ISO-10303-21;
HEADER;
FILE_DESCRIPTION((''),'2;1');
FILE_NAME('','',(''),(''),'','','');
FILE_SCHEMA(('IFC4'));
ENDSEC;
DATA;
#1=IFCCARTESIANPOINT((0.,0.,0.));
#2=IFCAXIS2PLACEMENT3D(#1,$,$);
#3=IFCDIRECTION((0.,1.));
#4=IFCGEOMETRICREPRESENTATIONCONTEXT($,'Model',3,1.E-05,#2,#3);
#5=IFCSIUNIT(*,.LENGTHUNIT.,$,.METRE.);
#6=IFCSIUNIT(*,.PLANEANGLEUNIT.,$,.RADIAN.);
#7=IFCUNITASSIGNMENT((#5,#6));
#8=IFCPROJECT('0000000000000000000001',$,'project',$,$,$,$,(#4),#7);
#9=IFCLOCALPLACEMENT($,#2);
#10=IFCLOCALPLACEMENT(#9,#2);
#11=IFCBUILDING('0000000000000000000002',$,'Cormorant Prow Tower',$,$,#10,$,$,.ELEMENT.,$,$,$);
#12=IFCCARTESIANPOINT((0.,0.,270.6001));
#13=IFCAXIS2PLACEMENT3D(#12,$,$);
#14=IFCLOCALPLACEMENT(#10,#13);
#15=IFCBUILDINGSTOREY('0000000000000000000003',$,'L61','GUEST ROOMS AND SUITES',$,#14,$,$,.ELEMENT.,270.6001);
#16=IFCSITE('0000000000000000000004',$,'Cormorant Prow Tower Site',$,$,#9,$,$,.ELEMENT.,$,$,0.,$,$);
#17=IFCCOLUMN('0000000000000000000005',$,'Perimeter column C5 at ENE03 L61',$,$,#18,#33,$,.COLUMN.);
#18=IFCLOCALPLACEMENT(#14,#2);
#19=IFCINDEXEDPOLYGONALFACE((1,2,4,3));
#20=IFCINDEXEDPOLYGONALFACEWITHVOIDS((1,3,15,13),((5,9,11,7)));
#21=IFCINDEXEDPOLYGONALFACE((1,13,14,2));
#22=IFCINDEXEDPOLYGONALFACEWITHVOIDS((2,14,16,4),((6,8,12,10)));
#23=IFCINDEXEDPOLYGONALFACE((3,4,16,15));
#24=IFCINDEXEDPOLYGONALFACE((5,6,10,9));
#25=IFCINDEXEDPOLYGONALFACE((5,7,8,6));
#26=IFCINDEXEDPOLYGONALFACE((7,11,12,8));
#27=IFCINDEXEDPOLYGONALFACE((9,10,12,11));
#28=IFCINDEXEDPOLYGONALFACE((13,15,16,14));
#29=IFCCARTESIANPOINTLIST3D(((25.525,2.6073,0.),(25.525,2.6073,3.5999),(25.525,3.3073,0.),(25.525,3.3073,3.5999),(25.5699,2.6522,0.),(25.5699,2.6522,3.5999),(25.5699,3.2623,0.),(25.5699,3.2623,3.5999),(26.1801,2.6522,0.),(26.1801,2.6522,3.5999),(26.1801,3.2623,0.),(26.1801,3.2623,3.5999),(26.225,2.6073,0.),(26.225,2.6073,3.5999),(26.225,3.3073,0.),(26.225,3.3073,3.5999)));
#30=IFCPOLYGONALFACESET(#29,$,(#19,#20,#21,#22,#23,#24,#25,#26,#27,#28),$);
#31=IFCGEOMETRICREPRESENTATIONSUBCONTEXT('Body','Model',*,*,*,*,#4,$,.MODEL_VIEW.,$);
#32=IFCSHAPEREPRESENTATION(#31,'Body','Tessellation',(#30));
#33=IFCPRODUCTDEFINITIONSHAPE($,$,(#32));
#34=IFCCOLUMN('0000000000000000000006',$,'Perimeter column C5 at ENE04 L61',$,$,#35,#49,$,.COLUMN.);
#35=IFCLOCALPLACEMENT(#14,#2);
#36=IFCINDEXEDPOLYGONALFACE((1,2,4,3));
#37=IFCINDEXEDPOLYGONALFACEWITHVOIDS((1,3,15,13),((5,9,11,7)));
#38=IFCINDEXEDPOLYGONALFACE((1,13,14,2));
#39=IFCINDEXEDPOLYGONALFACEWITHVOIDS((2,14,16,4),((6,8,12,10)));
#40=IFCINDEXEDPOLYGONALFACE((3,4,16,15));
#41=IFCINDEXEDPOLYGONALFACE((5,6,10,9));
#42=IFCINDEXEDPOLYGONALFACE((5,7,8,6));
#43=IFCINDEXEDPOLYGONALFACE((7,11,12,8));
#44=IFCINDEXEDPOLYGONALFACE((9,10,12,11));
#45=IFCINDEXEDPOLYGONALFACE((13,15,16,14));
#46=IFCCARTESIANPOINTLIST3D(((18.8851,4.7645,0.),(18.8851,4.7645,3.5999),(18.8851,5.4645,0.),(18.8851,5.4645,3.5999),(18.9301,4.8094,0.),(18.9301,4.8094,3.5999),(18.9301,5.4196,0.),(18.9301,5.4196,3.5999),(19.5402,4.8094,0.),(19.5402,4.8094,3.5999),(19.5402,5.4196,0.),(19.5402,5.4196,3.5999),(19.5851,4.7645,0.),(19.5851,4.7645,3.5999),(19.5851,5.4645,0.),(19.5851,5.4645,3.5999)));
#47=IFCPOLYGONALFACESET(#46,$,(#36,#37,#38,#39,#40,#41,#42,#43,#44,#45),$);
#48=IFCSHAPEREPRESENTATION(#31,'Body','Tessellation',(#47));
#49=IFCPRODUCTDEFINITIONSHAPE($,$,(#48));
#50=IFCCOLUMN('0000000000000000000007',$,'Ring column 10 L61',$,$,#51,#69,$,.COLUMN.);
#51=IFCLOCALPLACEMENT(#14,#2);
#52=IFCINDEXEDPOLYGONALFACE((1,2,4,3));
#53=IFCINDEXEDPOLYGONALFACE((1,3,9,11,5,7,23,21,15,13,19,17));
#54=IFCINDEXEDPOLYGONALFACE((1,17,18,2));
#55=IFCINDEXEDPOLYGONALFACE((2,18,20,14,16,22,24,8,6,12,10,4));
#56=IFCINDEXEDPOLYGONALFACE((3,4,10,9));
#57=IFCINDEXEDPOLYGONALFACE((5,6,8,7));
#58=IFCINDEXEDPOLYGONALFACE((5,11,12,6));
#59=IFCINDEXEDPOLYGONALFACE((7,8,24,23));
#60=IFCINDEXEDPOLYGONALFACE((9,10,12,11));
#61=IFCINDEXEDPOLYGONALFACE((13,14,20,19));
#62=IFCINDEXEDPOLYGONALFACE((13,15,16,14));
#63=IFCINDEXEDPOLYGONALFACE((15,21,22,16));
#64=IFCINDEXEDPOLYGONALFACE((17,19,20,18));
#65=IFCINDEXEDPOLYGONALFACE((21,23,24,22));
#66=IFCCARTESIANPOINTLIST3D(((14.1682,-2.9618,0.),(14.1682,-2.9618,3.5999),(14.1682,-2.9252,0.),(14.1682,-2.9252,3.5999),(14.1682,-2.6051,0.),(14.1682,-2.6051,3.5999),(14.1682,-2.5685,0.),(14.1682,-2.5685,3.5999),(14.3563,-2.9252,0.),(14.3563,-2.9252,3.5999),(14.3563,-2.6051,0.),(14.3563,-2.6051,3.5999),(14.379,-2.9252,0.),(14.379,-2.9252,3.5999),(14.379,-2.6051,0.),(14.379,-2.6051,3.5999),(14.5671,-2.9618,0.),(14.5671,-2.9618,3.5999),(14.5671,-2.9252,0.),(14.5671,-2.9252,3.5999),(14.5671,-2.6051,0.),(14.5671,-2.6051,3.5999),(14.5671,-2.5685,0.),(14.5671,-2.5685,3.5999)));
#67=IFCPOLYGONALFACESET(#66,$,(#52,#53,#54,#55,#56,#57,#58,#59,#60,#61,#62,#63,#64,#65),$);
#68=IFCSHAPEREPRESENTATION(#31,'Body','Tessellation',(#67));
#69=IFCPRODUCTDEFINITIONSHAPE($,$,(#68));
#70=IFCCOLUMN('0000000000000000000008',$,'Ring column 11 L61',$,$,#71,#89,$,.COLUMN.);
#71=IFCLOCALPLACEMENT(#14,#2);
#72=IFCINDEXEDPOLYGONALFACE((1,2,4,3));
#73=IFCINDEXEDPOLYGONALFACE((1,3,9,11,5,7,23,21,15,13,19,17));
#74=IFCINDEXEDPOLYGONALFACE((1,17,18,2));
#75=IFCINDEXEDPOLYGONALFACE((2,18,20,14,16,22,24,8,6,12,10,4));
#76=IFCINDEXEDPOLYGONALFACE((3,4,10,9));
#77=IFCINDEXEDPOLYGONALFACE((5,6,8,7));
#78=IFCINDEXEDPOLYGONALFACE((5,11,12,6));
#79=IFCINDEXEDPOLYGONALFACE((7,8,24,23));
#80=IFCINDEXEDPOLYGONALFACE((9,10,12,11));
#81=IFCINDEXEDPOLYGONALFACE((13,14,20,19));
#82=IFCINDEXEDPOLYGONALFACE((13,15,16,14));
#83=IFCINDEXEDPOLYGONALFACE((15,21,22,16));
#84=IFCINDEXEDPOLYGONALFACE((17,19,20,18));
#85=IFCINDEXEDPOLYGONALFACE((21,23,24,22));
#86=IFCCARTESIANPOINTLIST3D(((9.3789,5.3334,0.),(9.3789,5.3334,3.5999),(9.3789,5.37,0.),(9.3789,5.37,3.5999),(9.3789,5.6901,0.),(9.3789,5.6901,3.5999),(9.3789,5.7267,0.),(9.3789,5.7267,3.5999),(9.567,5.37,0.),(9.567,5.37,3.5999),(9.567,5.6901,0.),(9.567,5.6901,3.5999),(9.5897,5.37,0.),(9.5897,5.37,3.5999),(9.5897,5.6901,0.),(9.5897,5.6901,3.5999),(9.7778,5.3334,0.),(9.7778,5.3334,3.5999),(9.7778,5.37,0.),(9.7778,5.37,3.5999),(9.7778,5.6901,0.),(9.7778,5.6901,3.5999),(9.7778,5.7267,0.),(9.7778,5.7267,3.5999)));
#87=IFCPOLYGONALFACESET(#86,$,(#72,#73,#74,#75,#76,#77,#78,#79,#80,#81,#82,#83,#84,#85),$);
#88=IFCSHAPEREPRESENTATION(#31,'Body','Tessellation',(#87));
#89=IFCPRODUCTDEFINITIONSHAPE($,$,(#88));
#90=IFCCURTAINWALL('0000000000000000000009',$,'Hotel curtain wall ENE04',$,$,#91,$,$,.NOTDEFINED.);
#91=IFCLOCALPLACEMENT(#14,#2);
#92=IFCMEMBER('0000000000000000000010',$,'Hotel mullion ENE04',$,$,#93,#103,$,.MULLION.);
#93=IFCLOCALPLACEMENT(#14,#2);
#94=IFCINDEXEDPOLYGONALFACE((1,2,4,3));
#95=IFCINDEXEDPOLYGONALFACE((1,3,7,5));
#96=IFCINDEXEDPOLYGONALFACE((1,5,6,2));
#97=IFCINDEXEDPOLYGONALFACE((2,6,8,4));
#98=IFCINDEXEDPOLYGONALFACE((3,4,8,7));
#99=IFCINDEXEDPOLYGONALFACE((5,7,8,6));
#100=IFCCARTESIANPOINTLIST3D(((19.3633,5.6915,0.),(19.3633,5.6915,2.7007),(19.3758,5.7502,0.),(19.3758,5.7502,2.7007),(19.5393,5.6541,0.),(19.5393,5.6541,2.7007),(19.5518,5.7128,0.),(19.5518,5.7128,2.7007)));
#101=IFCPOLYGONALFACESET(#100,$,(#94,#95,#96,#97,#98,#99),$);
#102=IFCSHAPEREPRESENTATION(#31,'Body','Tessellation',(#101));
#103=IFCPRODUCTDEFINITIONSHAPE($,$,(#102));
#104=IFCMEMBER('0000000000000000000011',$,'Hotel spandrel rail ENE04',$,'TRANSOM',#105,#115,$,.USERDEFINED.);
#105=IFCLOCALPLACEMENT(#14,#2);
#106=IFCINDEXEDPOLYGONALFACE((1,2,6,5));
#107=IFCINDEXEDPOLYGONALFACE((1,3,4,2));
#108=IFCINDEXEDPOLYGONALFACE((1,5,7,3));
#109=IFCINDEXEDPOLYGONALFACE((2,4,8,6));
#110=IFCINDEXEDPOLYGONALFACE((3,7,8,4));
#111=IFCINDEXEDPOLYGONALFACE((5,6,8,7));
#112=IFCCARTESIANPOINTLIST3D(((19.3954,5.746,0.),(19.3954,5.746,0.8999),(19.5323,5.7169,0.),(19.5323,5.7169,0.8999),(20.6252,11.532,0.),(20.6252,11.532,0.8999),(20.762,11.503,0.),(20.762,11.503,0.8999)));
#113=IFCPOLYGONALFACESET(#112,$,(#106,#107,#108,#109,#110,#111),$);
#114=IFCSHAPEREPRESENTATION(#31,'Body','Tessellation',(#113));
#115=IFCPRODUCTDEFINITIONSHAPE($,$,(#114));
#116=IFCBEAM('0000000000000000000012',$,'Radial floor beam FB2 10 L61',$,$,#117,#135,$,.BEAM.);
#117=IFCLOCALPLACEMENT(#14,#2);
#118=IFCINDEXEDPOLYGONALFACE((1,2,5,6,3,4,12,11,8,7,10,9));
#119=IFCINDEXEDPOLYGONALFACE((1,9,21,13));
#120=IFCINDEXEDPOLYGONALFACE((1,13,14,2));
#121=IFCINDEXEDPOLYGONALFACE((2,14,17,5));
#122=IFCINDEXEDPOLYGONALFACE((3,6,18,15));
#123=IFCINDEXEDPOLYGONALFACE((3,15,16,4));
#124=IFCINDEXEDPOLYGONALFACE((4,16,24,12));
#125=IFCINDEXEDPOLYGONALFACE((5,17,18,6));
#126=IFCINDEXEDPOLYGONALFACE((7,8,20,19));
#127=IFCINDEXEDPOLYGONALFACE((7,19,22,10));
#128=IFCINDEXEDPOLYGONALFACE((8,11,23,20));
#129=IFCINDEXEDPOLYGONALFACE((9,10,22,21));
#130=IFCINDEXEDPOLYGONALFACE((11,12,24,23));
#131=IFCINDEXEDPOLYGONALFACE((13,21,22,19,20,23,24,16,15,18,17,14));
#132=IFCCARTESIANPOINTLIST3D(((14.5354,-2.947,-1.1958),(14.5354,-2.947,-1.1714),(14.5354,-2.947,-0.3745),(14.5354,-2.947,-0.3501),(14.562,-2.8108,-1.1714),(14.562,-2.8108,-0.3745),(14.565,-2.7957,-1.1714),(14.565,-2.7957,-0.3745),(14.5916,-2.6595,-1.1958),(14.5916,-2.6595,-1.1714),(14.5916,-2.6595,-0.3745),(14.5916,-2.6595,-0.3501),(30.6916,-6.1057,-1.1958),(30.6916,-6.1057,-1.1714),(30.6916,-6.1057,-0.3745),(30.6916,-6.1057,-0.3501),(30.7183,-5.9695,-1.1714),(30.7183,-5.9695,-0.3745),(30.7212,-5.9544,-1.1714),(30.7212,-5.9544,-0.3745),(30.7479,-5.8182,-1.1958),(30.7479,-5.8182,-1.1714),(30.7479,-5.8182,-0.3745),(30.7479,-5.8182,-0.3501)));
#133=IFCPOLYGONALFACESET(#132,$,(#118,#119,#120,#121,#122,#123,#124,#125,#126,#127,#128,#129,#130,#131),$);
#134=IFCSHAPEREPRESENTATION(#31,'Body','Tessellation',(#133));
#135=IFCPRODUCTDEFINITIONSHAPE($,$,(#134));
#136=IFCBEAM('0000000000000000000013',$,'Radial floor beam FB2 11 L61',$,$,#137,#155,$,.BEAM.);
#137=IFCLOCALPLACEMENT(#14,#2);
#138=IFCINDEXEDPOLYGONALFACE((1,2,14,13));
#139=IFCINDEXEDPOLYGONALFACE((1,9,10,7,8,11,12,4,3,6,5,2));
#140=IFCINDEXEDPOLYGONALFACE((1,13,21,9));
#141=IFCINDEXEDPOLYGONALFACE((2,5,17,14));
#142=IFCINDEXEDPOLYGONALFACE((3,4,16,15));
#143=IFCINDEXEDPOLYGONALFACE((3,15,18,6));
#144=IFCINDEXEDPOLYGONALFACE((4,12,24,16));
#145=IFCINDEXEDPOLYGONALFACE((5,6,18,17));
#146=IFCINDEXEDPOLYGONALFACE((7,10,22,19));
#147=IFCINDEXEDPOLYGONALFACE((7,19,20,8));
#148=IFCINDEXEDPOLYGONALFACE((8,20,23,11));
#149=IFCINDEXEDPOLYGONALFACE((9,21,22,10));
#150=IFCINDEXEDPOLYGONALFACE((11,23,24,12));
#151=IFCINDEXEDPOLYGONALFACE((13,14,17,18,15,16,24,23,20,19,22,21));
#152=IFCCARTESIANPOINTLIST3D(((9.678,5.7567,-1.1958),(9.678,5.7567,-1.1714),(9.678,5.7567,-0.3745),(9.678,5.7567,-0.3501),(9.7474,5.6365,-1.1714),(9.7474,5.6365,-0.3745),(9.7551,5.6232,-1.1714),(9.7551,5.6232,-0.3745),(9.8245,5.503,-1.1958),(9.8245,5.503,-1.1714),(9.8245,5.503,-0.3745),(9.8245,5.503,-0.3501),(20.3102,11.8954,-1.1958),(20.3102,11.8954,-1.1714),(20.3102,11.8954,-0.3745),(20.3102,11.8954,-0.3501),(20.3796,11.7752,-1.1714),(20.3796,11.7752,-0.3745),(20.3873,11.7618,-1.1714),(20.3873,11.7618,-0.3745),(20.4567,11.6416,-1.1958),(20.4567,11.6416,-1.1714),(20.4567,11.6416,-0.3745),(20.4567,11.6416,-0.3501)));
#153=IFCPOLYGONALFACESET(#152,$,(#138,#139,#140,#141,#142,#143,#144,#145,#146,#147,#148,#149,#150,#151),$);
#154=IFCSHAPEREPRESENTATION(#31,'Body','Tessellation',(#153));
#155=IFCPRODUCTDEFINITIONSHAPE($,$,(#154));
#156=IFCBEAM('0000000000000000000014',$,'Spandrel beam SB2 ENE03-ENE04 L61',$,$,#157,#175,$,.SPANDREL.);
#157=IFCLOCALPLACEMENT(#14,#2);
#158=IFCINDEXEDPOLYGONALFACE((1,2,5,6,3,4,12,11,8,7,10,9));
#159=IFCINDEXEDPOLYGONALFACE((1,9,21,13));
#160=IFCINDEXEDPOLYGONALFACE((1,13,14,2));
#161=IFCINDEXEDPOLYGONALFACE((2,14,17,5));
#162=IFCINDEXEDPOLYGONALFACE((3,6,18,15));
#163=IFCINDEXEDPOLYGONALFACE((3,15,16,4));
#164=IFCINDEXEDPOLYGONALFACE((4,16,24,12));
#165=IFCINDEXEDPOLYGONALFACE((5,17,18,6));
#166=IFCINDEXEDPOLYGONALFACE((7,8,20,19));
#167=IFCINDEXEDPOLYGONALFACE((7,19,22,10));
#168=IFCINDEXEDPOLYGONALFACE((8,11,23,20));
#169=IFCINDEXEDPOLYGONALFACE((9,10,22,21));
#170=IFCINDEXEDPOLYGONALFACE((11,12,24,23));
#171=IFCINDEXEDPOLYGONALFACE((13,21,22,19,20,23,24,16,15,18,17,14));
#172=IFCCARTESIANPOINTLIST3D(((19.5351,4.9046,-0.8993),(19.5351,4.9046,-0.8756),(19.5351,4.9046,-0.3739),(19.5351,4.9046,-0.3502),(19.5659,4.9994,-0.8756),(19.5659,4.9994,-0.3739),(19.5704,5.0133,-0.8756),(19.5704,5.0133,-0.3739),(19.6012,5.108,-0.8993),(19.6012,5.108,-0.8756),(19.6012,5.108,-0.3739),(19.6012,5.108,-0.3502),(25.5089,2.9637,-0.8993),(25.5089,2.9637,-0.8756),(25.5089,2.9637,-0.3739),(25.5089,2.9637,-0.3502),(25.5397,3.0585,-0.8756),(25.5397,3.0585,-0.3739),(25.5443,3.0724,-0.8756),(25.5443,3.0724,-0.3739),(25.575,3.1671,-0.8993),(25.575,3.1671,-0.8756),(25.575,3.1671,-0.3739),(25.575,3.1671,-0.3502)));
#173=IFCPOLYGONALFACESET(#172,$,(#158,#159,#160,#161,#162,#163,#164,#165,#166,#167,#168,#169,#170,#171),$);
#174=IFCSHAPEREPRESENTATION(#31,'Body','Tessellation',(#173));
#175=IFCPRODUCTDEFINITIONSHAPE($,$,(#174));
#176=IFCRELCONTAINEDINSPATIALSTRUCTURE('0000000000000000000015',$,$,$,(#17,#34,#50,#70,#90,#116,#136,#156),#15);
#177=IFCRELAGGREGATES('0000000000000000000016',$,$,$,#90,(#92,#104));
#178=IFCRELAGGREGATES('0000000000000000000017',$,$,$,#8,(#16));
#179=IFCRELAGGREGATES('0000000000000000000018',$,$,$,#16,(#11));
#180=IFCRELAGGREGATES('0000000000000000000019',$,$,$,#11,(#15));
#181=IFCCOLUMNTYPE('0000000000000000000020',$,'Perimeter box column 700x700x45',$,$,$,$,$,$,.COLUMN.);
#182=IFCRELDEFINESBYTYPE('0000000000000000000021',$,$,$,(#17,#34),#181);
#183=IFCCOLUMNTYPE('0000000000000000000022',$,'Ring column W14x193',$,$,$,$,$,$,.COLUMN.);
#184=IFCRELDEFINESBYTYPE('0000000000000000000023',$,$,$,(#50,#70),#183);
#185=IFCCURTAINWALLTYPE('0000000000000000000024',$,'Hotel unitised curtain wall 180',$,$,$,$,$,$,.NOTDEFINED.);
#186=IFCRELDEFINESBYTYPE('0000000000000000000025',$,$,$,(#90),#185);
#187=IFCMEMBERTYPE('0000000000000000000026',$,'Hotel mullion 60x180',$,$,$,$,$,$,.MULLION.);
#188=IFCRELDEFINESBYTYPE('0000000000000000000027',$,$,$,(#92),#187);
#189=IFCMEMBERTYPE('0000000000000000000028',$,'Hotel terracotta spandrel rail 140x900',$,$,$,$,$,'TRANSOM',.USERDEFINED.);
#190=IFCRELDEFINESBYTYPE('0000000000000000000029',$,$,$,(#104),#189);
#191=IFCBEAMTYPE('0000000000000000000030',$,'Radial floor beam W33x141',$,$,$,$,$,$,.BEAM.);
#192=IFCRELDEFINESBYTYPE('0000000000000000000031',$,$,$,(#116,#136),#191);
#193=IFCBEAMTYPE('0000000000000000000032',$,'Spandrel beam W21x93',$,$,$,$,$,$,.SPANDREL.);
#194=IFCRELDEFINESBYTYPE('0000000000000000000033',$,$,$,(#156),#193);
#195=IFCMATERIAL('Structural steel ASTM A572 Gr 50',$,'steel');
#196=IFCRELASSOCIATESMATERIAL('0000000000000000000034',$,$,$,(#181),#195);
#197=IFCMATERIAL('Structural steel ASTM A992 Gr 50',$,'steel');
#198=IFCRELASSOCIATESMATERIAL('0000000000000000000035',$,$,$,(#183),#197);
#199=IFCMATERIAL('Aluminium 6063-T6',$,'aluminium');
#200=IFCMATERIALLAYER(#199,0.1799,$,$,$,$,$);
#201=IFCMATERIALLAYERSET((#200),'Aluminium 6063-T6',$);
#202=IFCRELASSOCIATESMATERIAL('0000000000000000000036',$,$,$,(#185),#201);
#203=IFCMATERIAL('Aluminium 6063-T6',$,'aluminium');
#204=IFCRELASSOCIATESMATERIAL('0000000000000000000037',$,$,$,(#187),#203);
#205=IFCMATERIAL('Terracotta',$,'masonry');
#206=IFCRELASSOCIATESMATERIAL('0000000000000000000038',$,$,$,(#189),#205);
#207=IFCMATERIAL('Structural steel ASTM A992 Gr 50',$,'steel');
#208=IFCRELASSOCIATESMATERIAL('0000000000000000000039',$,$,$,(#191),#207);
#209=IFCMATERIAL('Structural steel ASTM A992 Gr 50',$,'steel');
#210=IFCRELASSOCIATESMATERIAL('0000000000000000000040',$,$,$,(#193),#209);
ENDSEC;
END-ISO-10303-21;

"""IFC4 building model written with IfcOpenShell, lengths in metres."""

from ifc_helpers import new_model, si_unit, direction, frame, origin, origin_2d, place, context, subcontext, project, spatial, rectangle, hollow_rectangle, i_section, extrude, material, layer, layer_set, material_profile, profile_set, type_object, element, aggregate, save


model = new_model("IFC4")

# Units and contexts
model_context = context("Model", 3, precision=1e-05, world=origin(), true_north=direction((0.0, 1.0)))
body_context = subcontext(model_context, "Body", "Model", "MODEL_VIEW")
ifc_project = project(units=[si_unit("LENGTHUNIT", "METRE"), si_unit("PLANEANGLEUNIT", "RADIAN")], contexts=[model_context])

# Site, building, storey
site_placement = place(None, origin())
site = spatial("IfcSite", under=ifc_project, at=site_placement, Name="Cormorant Prow Tower Site", CompositionType="ELEMENT", RefElevation=0.0)
building_placement = place(site_placement, origin())
building = spatial("IfcBuilding", under=site, at=building_placement, Name="Cormorant Prow Tower", CompositionType="ELEMENT")
storey_placement = place(building_placement, frame((0.0, 0.0, 270.6001)))
storey = spatial("IfcBuildingStorey", under=building, at=storey_placement, Name="L61", Description="GUEST ROOMS AND SUITES", CompositionType="ELEMENT", Elevation=270.6001)

# Columns
ifc_material_1 = material(Name="Structural steel ASTM A572 Gr 50", Category="steel")
ifc_material_profile_1 = material_profile(ifc_material_1, hollow_rectangle(XDim=0.7, YDim=0.7, WallThickness=0.0449, at=origin_2d()), Name="Box 700x700x45")
ifc_profile_set_1 = profile_set([ifc_material_profile_1], Name="Structural steel ASTM A572 Gr 50")
column_type_1 = type_object("IfcColumnType", Name="Perimeter box column 700x700x45", PredefinedType="COLUMN", material=ifc_profile_set_1)
for number, where, z_axis, x_axis, name in (
    (1, (25.875, 2.9573, 0.0), (0.0, 0.0, 1.0), (1.0, 0.0, 0.0), "Perimeter column C5 at ENE03 L61"),
    (2, (19.2351, 5.1145, 0.0), (0.0, 0.0, 1.0), (1.0, 0.0, 0.0), "Perimeter column C5 at ENE04 L61"),
):
    element("IfcColumn", number, at=place(storey_placement, frame(where, z_axis=z_axis, x_axis=x_axis)), inside=storey, type_object=column_type_1, Name=name, PredefinedType="COLUMN", context=body_context, shape_type="SweptSolid", body=[
        extrude(hollow_rectangle(XDim=0.7, YDim=0.7, WallThickness=0.0449, at=origin_2d()), origin(), (0.0, 0.0, 1.0), 3.5999),
    ])
ifc_material_2 = material(Name="Structural steel ASTM A992 Gr 50", Category="steel")
ifc_material_profile_2 = material_profile(ifc_material_2, i_section(OverallWidth=0.3989, OverallDepth=0.3933, WebThickness=0.0227, FlangeThickness=0.0366, at=origin_2d()), Name="W14x193")
ifc_profile_set_2 = profile_set([ifc_material_profile_2], Name="Structural steel ASTM A992 Gr 50")
column_type_2 = type_object("IfcColumnType", Name="Ring column W14x193", PredefinedType="COLUMN", material=ifc_profile_set_2)
for number, where, z_axis, x_axis, name in (
    (3, (14.3677, -2.7651, 0.0), (0.0, 0.0, 1.0), (1.0, 0.0, 0.0), "Ring column 10 L61"),
    (4, (9.5784, 5.53, 0.0), (0.0, 0.0, 1.0), (1.0, 0.0, 0.0), "Ring column 11 L61"),
):
    element("IfcColumn", number, at=place(storey_placement, frame(where, z_axis=z_axis, x_axis=x_axis)), inside=storey, type_object=column_type_2, Name=name, PredefinedType="COLUMN", context=body_context, shape_type="SweptSolid", body=[
        extrude(i_section(OverallWidth=0.3989, OverallDepth=0.3933, WebThickness=0.0227, FlangeThickness=0.0366, at=origin_2d()), origin(), (0.0, 0.0, 1.0), 3.5999),
    ])

# Curtain wall, members
ifc_material_3 = material(Name="Aluminium 6063-T6", Category="aluminium")
ifc_layer_1 = layer(ifc_material_3, 0.1799)
ifc_layer_set_1 = layer_set([ifc_layer_1], Name="Aluminium 6063-T6")
curtain_wall_type = type_object("IfcCurtainWallType", Name="Hotel unitised curtain wall 180", PredefinedType="NOTDEFINED", material=ifc_layer_set_1)
curtain_wall_1_placement = place(storey_placement, origin())
curtain_wall_1 = element("IfcCurtainWall", 5, at=curtain_wall_1_placement, inside=storey, type_object=curtain_wall_type, Name="Hotel curtain wall ENE04", PredefinedType="NOTDEFINED")
ifc_material_4 = material(Name="Aluminium 6063-T6", Category="aluminium")
ifc_material_profile_3 = material_profile(ifc_material_4, rectangle(XDim=0.1799, YDim=0.0601, at=origin_2d()), Name="Hotel mullion 60x180")
ifc_profile_set_3 = profile_set([ifc_material_profile_3], Name="Aluminium 6063-T6")
member_type_1 = type_object("IfcMemberType", Name="Hotel mullion 60x180", PredefinedType="MULLION", material=ifc_profile_set_3)
member_1_placement = place(storey_placement, frame((19.4575, 5.7021, 0.0), z_axis=(0.0, 0.0, 1.0), x_axis=(-0.978148, 0.207912, 0.0)))
member_1 = element("IfcMember", 6, at=member_1_placement, type_object=member_type_1, Name="Hotel mullion ENE04", PredefinedType="MULLION", context=body_context, shape_type="SweptSolid", body=[
    extrude(rectangle(XDim=0.1799, YDim=0.0601, at=origin_2d()), origin(), (0.0, 0.0, 1.0), 2.7007),
])
ifc_material_5 = material(Name="Terracotta", Category="masonry")
ifc_material_profile_4 = material_profile(ifc_material_5, rectangle(XDim=0.1399, YDim=0.8999, at=origin_2d()), Name="Hotel terracotta spandrel rail 140x900")
ifc_profile_set_4 = profile_set([ifc_material_profile_4], Name="Terracotta")
member_type_2 = type_object("IfcMemberType", Name="Hotel terracotta spandrel rail 140x900", ElementType="TRANSOM", PredefinedType="USERDEFINED", material=ifc_profile_set_4)
member_2_placement = place(storey_placement, frame((19.4639, 5.7314, 0.45), z_axis=(0.207888, 0.978153, 0.0), x_axis=(-0.978153, 0.207888, 0.0)))
member_2 = element("IfcMember", 7, at=member_2_placement, type_object=member_type_2, Name="Hotel spandrel rail ENE04", ObjectType="TRANSOM", PredefinedType="USERDEFINED", context=body_context, shape_type="SweptSolid", body=[
    extrude(rectangle(XDim=0.1399, YDim=0.8999, at=origin_2d()), origin(), (0.0, 0.0, 1.0), 5.9153),
])
aggregate(curtain_wall_1, [member_1, member_2])

# Beams
ifc_material_6 = material(Name="Structural steel ASTM A992 Gr 50", Category="steel")
ifc_material_profile_5 = material_profile(ifc_material_6, i_section(OverallWidth=0.293, OverallDepth=0.8457, WebThickness=0.0154, FlangeThickness=0.0244, at=origin_2d()), Name="W33x141")
ifc_profile_set_5 = profile_set([ifc_material_profile_5], Name="Structural steel ASTM A992 Gr 50")
beam_type_1 = type_object("IfcBeamType", Name="Radial floor beam W33x141", PredefinedType="BEAM", material=ifc_profile_set_5)
beam_1_placement = place(storey_placement, frame((14.5635, -2.8032, -0.7729), z_axis=(0.981419, -0.191876, 0.0), x_axis=(0.191876, 0.981419, 0.0)))
element("IfcBeam", 8, at=beam_1_placement, inside=storey, type_object=beam_type_1, Name="Radial floor beam FB2 10 L61", PredefinedType="BEAM", context=body_context, shape_type="SweptSolid", body=[
    extrude(i_section(OverallWidth=0.293, OverallDepth=0.8457, WebThickness=0.0154, FlangeThickness=0.0244, at=origin_2d()), origin(), (0.0, 0.0, 1.0), 16.4622),
])
beam_2_placement = place(storey_placement, frame((9.7512, 5.6299, -0.7729), z_axis=(0.866022, 0.500006, 0.0), x_axis=(-0.500006, 0.866022, 0.0)))
element("IfcBeam", 9, at=beam_2_placement, inside=storey, type_object=beam_type_1, Name="Radial floor beam FB2 11 L61", PredefinedType="BEAM", context=body_context, shape_type="SweptSolid", body=[
    extrude(i_section(OverallWidth=0.293, OverallDepth=0.8457, WebThickness=0.0154, FlangeThickness=0.0244, at=origin_2d()), origin(), (0.0, 0.0, 1.0), 12.2771),
])
ifc_material_7 = material(Name="Structural steel ASTM A992 Gr 50", Category="steel")
ifc_material_profile_6 = material_profile(ifc_material_7, i_section(OverallWidth=0.2139, OverallDepth=0.5491, WebThickness=0.0146, FlangeThickness=0.0237, at=origin_2d()), Name="W21x93")
ifc_profile_set_6 = profile_set([ifc_material_profile_6], Name="Structural steel ASTM A992 Gr 50")
beam_type_2 = type_object("IfcBeamType", Name="Spandrel beam W21x93", PredefinedType="SPANDREL", material=ifc_profile_set_6)
beam_3_placement = place(storey_placement, frame((25.542, 3.0654, -0.6248), z_axis=(-0.951062, 0.309001, 0.0), x_axis=(-0.309001, -0.951062, 0.0)))
element("IfcBeam", 10, at=beam_3_placement, inside=storey, type_object=beam_type_2, Name="Spandrel beam SB2 ENE03-ENE04 L61", PredefinedType="SPANDREL", context=body_context, shape_type="SweptSolid", body=[
    extrude(i_section(OverallWidth=0.2139, OverallDepth=0.5491, WebThickness=0.0146, FlangeThickness=0.0237, at=origin_2d()), origin(), (0.0, 0.0, 1.0), 6.2812),
])

save(model, "model.ifc")
